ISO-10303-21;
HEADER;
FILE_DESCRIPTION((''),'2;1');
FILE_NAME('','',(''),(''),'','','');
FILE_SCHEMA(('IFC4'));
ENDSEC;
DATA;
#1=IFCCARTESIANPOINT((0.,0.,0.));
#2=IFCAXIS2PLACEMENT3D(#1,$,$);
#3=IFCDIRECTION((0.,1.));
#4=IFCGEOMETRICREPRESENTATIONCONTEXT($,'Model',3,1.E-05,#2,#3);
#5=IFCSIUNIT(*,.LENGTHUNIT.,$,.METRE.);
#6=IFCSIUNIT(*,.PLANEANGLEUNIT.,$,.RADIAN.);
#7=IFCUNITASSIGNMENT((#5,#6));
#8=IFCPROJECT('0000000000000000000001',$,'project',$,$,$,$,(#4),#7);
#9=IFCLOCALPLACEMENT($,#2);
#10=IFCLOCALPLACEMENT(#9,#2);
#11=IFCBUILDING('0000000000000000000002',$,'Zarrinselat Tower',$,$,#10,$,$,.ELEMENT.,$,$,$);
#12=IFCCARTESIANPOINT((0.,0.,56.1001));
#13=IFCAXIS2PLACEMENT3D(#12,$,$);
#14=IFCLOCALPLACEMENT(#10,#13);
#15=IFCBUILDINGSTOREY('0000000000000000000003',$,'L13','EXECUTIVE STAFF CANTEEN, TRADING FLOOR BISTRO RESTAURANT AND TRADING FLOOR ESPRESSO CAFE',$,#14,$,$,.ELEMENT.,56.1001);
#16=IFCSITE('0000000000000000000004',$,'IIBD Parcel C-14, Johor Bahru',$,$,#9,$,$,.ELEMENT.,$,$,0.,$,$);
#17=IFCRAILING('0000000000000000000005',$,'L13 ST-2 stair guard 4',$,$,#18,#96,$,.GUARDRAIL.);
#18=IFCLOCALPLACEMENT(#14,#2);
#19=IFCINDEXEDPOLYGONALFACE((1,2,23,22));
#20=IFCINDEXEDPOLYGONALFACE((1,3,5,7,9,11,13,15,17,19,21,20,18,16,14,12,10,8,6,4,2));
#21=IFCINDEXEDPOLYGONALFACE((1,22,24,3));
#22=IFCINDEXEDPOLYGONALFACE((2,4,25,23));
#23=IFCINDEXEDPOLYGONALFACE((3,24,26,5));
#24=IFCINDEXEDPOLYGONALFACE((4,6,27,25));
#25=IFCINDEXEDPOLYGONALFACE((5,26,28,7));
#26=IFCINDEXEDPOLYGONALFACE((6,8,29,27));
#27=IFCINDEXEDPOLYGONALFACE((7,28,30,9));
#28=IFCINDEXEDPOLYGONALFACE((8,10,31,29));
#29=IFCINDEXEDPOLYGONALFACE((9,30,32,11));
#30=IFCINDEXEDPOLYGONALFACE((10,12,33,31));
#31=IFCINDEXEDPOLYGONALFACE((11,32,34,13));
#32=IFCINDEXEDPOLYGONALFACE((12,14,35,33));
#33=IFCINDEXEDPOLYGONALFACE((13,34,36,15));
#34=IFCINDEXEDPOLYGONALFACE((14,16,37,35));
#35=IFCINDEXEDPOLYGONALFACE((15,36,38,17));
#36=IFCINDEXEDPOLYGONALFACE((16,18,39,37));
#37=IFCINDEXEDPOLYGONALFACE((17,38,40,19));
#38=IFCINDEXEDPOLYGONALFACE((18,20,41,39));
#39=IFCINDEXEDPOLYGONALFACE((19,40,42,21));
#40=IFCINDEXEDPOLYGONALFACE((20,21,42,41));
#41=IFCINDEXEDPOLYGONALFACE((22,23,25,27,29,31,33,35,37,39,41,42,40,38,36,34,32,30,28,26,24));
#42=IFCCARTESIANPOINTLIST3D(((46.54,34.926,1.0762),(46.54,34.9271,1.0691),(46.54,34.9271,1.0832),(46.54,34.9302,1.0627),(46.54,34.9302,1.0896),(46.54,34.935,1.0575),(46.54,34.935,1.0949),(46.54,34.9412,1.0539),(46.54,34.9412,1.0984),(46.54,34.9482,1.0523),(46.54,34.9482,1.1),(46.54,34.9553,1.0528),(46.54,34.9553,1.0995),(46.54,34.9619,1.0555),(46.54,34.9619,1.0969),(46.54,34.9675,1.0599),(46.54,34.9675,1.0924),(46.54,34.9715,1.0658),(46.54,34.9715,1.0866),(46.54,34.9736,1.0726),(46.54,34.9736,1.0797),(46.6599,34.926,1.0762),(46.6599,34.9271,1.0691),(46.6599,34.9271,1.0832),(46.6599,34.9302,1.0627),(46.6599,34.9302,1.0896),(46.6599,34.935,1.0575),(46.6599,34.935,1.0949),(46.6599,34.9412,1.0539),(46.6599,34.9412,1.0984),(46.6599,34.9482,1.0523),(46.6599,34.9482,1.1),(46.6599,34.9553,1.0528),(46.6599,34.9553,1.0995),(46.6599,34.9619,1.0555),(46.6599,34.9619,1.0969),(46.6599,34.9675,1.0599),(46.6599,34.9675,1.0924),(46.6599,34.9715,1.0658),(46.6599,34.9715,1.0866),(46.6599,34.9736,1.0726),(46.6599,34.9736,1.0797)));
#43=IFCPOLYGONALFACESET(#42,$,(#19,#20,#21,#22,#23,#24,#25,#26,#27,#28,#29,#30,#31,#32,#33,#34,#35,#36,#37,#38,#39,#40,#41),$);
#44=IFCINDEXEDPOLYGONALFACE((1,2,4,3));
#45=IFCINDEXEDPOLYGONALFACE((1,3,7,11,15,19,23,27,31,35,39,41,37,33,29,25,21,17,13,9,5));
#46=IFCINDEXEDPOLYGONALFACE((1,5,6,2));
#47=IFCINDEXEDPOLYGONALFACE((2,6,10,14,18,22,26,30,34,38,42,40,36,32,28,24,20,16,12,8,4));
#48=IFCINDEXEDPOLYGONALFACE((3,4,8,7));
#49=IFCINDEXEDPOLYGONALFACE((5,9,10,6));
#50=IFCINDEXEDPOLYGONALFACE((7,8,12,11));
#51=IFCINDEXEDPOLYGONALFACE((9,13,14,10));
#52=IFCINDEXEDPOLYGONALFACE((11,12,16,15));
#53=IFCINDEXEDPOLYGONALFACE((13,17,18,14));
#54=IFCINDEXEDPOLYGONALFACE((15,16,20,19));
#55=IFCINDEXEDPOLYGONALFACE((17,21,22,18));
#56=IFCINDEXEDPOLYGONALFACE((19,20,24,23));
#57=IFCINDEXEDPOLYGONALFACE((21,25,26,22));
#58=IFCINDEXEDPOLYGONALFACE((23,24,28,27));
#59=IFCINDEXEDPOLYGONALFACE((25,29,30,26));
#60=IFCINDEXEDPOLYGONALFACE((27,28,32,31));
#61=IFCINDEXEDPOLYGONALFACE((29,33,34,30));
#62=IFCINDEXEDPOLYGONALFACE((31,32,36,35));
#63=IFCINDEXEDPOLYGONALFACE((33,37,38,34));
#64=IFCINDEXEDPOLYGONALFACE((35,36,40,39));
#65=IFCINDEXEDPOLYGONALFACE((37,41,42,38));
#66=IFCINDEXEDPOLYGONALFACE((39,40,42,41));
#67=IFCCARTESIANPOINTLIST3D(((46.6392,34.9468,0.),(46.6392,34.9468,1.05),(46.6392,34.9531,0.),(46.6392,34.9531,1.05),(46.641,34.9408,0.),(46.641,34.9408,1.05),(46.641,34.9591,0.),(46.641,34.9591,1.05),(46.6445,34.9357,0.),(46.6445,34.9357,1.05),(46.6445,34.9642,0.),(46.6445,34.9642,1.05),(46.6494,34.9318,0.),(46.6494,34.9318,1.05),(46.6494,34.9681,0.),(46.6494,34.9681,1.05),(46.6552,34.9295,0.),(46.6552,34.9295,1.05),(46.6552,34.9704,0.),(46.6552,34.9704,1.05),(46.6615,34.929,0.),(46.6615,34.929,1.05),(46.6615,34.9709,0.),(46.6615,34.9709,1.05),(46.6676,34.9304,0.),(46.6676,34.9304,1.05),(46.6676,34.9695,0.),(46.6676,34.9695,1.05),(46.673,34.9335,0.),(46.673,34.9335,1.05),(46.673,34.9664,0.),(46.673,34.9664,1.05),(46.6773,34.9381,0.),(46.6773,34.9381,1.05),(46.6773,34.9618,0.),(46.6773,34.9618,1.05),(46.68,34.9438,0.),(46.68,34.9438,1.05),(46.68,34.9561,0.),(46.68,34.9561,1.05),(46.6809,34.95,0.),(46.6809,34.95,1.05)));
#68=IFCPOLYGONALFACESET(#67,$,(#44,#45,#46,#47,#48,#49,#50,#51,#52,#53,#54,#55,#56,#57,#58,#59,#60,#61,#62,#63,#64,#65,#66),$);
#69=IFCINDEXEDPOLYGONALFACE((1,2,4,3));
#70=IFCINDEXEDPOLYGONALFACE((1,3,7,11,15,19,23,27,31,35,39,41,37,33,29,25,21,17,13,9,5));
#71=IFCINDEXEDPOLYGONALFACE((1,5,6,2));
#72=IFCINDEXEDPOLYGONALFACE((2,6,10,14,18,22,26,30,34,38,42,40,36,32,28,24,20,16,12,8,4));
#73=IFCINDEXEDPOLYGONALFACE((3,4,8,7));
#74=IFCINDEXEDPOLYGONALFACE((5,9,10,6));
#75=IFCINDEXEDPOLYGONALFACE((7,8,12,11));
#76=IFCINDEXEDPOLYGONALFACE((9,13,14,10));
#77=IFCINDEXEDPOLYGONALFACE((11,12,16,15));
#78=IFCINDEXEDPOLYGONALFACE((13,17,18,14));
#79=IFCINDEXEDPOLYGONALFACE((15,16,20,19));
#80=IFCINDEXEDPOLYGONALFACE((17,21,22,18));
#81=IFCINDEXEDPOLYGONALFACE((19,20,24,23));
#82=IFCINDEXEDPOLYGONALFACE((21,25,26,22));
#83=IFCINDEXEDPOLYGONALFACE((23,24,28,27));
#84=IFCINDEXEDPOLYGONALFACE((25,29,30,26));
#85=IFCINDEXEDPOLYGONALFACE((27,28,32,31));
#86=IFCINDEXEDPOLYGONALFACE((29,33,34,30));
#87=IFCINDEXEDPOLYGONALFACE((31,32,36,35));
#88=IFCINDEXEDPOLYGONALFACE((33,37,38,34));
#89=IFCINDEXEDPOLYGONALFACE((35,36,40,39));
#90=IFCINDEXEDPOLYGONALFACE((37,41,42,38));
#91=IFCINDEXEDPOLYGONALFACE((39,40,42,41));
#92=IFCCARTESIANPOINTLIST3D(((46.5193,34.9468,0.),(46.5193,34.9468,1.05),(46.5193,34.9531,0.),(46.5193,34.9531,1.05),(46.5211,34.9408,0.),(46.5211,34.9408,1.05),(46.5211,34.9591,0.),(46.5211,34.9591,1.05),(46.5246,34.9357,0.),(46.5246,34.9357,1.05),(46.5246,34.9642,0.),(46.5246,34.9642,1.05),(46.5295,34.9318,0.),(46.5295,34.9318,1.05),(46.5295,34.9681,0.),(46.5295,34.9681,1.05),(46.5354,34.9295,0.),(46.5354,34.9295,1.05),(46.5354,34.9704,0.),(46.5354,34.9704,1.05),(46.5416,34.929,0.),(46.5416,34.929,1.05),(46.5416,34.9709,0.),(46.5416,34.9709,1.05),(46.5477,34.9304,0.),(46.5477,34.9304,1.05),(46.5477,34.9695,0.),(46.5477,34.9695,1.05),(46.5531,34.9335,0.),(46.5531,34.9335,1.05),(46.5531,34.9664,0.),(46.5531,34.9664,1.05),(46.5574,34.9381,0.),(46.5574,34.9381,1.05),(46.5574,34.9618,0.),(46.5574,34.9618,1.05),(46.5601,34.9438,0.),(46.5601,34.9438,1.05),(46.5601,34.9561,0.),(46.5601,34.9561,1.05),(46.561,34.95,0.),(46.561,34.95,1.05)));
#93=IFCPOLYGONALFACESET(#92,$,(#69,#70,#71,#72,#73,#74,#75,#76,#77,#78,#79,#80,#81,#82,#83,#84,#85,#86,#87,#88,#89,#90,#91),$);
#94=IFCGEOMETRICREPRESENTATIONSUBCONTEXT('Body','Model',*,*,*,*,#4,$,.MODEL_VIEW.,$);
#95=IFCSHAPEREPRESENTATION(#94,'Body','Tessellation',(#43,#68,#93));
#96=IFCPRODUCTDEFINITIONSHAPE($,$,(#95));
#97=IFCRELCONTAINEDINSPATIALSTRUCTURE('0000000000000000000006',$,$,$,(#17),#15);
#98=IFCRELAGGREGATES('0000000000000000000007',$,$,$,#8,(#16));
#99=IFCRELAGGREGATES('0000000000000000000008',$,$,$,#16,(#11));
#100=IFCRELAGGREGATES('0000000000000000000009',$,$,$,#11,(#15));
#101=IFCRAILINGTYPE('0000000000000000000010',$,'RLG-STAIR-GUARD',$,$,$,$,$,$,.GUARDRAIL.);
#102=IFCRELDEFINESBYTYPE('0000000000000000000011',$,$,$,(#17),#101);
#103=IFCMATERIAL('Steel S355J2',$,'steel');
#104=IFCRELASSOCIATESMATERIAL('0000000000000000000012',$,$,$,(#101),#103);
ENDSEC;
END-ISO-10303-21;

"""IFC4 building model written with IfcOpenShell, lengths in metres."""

from ifc_helpers import new_model, si_unit, direction, frame, origin, origin_2d, place, context, subcontext, project, spatial, circle, extrude, material, type_object, element, save


model = new_model("IFC4")

# Units and contexts
model_context = context("Model", 3, precision=1e-05, world=origin(), true_north=direction((0.0, 1.0)))
body_context = subcontext(model_context, "Body", "Model", "MODEL_VIEW")
ifc_project = project(units=[si_unit("LENGTHUNIT", "METRE"), si_unit("PLANEANGLEUNIT", "RADIAN")], contexts=[model_context])

# Site, building, storey
site_placement = place(None, origin())
site = spatial("IfcSite", under=ifc_project, at=site_placement, Name="IIBD Parcel C-14, Johor Bahru", CompositionType="ELEMENT", RefElevation=0.0)
building_placement = place(site_placement, origin())
building = spatial("IfcBuilding", under=site, at=building_placement, Name="Zarrinselat Tower", CompositionType="ELEMENT")
storey_placement = place(building_placement, frame((0.0, 0.0, 56.1001)))
storey = spatial("IfcBuildingStorey", under=building, at=storey_placement, Name="L13", Description="EXECUTIVE STAFF CANTEEN, TRADING FLOOR BISTRO RESTAURANT AND TRADING FLOOR ESPRESSO CAFE", CompositionType="ELEMENT", Elevation=56.1001)

# Railing
ifc_material_1 = material(Name="Steel S355J2", Category="steel")
railing_type_1 = type_object("IfcRailingType", Name="RLG-STAIR-GUARD", PredefinedType="GUARDRAIL", material=ifc_material_1)
railing_1_placement = place(storey_placement, frame((46.6599, 34.95, 0.0)))
element("IfcRailing", 1, at=railing_1_placement, inside=storey, type_object=railing_type_1, Name="L13 ST-2 stair guard 4", PredefinedType="GUARDRAIL", context=body_context, shape_type="SweptSolid", body=[
    extrude(circle(Radius=0.0239, at=origin_2d()), frame((0.0, 0.0, 1.0762), z_axis=(-1.0, 0.0, 0.0), x_axis=(0.0, -1.0, 0.0)), (0.0, 0.0, 1.0), 0.1199),
    extrude(circle(Radius=0.021, at=origin_2d()), origin(), (0.0, 0.0, 1.0), 1.05),
    extrude(circle(Radius=0.021, at=origin_2d()), frame((-0.1199, 0.0, 0.0)), (0.0, 0.0, 1.0), 1.05),
])

save(model, "model.ifc")
